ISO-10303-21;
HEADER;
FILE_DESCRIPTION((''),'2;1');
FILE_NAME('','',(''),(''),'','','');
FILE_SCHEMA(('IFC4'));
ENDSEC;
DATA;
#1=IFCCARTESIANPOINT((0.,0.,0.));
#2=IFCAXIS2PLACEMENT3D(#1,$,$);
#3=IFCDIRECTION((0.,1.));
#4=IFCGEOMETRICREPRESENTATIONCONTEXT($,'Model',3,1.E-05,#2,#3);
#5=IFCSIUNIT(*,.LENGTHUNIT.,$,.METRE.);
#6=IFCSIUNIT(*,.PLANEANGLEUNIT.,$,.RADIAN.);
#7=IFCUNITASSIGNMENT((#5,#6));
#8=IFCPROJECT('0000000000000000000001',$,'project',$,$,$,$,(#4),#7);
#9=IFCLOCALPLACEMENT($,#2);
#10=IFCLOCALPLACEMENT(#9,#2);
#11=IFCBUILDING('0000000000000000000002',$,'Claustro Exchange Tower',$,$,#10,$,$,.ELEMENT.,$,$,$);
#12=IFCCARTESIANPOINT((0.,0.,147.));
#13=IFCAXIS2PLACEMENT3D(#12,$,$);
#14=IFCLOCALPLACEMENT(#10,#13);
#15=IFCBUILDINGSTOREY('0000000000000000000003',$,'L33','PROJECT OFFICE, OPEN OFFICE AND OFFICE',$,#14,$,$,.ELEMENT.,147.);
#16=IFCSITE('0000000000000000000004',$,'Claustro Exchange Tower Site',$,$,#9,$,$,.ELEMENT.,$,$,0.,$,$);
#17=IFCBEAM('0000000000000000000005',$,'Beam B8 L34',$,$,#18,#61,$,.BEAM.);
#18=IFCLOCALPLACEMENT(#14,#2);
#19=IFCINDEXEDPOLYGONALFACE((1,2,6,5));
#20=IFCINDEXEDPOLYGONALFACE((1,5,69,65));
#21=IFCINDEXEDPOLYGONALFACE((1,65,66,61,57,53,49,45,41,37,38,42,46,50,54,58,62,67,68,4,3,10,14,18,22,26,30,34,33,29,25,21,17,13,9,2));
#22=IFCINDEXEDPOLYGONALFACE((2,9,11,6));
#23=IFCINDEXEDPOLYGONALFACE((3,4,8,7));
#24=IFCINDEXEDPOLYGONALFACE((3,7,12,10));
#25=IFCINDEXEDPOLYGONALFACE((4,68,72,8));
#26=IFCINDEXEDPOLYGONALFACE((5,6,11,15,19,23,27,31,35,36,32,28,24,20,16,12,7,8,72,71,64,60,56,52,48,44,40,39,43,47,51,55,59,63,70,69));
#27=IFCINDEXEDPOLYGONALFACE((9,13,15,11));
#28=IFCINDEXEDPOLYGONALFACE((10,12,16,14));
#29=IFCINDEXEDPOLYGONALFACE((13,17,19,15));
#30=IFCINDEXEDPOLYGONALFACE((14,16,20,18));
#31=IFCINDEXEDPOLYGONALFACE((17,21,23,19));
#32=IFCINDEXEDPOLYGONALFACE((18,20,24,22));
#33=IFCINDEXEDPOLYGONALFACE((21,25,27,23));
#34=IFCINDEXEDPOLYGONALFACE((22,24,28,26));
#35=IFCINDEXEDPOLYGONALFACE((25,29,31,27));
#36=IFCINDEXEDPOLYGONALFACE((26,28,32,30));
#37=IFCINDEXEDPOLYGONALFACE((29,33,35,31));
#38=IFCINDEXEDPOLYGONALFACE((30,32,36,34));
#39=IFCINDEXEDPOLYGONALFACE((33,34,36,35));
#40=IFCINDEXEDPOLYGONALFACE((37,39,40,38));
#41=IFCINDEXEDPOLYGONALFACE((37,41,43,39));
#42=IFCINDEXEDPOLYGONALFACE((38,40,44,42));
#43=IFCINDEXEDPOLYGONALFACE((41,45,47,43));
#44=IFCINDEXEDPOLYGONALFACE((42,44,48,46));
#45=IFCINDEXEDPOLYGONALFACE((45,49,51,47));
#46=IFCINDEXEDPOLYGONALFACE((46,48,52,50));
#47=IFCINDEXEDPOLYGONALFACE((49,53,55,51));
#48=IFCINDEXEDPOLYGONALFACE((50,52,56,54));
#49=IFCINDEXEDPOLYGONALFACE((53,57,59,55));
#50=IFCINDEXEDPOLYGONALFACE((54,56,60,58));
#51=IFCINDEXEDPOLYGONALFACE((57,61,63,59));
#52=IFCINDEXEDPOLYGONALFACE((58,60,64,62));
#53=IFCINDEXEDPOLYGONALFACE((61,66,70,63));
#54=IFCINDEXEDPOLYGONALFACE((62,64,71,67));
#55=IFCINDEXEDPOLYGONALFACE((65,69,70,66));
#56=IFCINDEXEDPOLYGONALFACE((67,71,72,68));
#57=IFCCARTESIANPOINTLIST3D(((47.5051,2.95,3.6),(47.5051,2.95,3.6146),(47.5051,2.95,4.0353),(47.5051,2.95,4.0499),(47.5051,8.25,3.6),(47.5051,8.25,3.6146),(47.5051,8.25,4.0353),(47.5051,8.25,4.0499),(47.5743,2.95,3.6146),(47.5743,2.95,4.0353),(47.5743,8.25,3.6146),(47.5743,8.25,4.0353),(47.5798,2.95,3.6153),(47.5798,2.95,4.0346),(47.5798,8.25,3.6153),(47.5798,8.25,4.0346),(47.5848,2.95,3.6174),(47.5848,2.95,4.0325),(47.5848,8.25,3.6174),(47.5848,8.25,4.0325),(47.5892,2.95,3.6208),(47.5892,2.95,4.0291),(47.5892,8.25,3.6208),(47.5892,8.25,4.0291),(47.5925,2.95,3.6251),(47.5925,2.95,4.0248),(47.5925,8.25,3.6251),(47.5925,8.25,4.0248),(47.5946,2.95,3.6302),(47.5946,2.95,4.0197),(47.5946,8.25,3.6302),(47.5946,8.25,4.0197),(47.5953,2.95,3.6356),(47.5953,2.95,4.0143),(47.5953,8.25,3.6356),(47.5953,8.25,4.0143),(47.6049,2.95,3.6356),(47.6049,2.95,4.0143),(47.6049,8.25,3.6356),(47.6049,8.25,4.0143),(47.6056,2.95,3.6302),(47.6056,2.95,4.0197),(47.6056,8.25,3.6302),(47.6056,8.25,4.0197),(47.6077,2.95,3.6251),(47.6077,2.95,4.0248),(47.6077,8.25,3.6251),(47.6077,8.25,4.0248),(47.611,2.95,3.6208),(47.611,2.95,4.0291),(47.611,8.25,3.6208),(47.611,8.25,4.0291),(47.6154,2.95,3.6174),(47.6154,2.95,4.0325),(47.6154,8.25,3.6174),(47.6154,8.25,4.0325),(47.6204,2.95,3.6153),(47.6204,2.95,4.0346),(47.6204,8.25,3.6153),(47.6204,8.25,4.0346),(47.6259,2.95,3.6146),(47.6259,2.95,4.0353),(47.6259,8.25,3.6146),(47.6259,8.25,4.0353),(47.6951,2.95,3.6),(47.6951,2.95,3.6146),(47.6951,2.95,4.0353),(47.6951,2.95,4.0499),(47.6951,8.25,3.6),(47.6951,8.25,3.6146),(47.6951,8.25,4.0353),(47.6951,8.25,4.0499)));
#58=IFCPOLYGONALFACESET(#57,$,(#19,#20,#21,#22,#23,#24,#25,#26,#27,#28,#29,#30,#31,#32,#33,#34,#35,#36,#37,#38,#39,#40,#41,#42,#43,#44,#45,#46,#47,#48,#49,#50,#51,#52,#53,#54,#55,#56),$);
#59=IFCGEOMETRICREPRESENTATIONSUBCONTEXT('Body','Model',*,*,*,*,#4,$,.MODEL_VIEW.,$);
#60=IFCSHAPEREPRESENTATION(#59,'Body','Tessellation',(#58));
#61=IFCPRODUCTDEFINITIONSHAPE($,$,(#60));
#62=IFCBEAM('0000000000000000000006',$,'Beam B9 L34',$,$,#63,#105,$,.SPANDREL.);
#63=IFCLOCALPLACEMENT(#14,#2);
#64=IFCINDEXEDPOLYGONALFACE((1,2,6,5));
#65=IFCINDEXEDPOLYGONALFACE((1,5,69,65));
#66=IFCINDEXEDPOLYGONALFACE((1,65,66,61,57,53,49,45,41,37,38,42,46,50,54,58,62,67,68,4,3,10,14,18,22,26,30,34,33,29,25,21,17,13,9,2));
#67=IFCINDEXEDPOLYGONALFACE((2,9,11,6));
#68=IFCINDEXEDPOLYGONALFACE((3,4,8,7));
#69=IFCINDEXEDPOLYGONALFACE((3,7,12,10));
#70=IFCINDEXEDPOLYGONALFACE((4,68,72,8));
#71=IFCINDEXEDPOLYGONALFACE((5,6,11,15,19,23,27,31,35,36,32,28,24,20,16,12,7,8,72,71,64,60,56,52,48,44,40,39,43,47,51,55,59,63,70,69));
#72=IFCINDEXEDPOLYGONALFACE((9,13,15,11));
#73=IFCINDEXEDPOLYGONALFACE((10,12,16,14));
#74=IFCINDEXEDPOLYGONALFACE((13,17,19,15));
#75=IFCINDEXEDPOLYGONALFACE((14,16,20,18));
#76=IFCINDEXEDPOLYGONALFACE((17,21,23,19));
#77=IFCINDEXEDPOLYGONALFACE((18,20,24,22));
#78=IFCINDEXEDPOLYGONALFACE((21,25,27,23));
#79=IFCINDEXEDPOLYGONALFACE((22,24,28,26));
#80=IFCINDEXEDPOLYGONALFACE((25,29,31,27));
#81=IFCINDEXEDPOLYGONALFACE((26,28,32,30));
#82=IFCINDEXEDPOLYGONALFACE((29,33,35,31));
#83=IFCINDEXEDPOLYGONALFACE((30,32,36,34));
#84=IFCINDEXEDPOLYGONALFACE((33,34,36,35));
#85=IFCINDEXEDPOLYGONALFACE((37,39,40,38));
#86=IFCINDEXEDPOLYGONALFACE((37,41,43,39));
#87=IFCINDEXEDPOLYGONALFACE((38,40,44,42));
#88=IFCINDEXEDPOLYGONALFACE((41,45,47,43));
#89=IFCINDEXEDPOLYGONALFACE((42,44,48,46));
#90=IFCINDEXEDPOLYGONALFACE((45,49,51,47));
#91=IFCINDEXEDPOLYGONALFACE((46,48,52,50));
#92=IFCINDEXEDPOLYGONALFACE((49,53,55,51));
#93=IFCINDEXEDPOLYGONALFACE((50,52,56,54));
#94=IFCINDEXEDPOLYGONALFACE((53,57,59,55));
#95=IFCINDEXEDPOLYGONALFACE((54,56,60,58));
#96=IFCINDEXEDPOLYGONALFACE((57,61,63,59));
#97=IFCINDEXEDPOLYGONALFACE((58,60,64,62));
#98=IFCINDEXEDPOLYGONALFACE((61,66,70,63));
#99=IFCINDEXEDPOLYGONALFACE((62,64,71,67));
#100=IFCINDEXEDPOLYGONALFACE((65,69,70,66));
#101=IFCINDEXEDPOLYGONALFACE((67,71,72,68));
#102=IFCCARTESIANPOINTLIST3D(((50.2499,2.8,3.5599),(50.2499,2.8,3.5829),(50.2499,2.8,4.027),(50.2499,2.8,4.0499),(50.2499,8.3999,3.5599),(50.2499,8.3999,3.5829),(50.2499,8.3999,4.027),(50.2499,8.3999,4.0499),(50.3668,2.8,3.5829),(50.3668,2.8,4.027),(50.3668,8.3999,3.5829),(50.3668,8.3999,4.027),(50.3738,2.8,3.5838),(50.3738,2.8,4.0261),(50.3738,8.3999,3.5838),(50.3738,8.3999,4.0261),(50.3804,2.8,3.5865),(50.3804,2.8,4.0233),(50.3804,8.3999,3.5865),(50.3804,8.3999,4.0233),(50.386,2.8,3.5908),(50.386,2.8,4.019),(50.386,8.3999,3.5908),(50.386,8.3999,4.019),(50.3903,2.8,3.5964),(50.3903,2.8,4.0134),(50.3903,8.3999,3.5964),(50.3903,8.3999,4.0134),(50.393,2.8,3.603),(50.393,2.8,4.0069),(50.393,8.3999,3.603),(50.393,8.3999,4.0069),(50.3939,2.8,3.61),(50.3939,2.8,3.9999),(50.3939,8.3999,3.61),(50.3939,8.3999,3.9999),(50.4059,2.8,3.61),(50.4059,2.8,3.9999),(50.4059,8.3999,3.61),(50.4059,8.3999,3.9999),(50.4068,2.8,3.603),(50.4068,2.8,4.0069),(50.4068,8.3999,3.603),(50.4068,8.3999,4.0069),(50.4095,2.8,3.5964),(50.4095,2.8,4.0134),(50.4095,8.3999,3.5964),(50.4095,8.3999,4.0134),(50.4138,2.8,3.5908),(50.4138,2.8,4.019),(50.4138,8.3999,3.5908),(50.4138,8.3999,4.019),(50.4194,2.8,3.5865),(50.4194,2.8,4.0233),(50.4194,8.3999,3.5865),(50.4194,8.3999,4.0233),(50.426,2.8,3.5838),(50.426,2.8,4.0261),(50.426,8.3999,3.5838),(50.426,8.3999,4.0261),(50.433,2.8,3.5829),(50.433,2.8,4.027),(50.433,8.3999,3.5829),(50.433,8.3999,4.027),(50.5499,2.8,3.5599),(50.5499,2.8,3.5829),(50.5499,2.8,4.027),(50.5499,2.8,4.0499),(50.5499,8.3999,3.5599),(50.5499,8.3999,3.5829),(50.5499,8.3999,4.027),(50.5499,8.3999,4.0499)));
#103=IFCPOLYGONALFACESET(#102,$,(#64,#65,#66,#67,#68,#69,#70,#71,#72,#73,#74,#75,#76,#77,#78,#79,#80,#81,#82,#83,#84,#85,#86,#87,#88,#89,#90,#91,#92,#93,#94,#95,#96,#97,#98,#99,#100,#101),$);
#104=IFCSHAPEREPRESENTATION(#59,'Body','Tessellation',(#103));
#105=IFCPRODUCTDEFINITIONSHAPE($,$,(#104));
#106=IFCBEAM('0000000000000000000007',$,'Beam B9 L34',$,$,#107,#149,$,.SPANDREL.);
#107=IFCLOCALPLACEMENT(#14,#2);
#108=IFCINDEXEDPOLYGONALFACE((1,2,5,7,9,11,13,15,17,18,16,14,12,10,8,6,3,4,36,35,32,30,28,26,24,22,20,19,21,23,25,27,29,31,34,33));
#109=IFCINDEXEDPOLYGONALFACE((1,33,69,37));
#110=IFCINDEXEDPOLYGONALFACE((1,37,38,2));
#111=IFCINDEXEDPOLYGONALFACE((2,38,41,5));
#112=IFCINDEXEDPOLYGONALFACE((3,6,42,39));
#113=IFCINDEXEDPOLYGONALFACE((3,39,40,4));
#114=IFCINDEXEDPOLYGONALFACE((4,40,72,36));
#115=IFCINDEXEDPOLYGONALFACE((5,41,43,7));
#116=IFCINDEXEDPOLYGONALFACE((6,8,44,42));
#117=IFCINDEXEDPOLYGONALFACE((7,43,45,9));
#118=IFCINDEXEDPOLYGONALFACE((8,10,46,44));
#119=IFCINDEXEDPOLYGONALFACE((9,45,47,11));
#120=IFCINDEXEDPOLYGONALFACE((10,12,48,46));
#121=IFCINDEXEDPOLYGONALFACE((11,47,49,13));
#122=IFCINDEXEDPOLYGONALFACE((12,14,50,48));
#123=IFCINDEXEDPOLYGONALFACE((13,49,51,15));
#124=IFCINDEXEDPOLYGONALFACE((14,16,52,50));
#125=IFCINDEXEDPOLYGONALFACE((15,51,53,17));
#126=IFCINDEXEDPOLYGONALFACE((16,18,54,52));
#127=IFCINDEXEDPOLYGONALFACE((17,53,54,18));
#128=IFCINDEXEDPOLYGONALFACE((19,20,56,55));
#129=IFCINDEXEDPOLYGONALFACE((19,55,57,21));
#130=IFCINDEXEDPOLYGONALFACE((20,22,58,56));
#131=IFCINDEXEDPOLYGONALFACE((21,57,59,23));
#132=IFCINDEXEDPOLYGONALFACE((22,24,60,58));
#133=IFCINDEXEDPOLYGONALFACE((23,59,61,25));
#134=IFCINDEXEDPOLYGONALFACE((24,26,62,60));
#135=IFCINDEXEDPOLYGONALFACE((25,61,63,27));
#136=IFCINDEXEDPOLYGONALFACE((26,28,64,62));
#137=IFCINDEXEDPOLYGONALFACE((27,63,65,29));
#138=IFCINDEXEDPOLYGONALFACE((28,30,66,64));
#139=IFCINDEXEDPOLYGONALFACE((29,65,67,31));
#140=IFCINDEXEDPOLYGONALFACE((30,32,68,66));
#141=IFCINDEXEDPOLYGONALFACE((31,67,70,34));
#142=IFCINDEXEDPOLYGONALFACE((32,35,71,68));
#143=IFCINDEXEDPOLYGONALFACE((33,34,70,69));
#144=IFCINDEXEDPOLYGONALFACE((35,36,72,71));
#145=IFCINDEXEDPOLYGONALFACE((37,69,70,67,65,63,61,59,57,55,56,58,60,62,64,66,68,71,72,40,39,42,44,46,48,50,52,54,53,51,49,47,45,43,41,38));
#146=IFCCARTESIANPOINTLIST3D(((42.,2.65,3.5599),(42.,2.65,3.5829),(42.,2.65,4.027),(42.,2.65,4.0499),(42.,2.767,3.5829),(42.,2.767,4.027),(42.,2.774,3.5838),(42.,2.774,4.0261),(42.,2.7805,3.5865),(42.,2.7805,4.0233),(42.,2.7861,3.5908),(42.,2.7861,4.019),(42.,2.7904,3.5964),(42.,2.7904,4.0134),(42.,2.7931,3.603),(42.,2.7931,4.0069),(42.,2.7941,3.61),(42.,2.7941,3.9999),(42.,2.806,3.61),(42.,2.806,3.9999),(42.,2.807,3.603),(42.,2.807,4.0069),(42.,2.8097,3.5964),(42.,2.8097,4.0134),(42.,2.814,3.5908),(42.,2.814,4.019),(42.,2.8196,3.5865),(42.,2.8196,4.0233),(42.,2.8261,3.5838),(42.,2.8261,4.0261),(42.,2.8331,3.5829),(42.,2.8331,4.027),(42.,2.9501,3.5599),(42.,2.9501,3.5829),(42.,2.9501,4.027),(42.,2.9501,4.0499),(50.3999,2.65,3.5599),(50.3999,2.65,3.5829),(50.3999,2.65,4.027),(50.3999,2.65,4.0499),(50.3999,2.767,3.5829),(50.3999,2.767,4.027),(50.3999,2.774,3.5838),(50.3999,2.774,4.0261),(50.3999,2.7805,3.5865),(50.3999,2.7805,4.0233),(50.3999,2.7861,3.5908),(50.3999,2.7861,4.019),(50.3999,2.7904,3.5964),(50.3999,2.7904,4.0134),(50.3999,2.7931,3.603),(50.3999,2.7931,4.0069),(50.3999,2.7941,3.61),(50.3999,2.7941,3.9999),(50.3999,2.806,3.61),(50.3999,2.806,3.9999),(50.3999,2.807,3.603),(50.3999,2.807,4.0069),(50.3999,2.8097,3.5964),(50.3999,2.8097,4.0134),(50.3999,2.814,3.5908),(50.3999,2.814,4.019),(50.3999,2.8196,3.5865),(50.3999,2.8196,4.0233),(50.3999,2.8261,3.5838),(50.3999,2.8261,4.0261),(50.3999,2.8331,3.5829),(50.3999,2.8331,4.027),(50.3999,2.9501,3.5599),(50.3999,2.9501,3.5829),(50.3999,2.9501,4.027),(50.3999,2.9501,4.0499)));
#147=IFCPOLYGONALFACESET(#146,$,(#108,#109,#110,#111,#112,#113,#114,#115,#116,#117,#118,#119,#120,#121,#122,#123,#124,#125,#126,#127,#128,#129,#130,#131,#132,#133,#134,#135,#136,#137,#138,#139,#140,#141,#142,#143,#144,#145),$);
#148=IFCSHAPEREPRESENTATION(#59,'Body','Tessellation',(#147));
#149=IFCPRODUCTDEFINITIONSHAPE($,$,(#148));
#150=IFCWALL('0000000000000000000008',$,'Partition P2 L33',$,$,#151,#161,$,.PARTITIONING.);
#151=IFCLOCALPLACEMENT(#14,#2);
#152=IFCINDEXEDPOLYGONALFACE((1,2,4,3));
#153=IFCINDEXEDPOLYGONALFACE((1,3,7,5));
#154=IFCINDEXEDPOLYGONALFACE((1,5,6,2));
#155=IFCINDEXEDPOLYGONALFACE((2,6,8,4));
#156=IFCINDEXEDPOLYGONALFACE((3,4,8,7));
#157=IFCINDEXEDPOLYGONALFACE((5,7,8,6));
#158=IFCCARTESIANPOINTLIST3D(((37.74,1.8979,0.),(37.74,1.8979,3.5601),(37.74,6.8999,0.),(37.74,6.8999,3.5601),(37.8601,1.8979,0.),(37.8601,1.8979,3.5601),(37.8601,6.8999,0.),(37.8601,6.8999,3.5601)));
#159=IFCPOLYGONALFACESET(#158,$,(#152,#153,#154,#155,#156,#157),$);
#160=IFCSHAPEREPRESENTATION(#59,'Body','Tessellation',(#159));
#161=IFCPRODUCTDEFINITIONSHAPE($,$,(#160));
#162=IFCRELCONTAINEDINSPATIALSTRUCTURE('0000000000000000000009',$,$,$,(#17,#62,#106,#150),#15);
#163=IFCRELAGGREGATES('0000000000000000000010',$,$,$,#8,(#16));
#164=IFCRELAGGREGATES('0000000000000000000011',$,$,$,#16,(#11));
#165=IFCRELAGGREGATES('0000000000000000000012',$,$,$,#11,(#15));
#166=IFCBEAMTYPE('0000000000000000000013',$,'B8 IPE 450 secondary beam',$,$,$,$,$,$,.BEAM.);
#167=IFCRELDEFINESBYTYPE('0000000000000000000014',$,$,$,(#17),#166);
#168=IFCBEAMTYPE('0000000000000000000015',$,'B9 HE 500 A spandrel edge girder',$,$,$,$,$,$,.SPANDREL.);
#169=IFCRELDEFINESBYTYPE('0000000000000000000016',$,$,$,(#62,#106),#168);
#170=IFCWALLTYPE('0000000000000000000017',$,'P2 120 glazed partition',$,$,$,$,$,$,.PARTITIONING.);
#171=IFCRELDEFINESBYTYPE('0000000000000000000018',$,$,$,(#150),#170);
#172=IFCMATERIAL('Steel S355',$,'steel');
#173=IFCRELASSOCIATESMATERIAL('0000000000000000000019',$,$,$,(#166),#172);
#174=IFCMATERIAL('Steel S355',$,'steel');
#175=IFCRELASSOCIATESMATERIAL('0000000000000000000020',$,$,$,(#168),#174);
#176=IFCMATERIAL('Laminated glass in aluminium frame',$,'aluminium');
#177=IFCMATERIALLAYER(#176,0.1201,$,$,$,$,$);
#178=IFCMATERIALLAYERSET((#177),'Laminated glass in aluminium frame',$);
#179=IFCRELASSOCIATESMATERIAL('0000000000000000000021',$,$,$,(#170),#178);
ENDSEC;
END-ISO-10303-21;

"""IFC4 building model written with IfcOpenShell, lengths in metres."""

from ifc_helpers import new_model, si_unit, direction, frame, frame_2d, origin, origin_2d, place, context, subcontext, project, spatial, rectangle, i_section, extrude, material, layer, layer_set, material_profile, profile_set, type_object, element, save


model = new_model("IFC4")

# Units and contexts
model_context = context("Model", 3, precision=1e-05, world=origin(), true_north=direction((0.0, 1.0)))
body_context = subcontext(model_context, "Body", "Model", "MODEL_VIEW")
ifc_project = project(units=[si_unit("LENGTHUNIT", "METRE"), si_unit("PLANEANGLEUNIT", "RADIAN")], contexts=[model_context])

# Site, building, storey
site_placement = place(None, origin())
site = spatial("IfcSite", under=ifc_project, at=site_placement, Name="Claustro Exchange Tower Site", CompositionType="ELEMENT", RefElevation=0.0)
building_placement = place(site_placement, origin())
building = spatial("IfcBuilding", under=site, at=building_placement, Name="Claustro Exchange Tower", CompositionType="ELEMENT")
storey_placement = place(building_placement, frame((0.0, 0.0, 147.0)))
storey = spatial("IfcBuildingStorey", under=building, at=storey_placement, Name="L33", Description="PROJECT OFFICE, OPEN OFFICE AND OFFICE", CompositionType="ELEMENT", Elevation=147.0)

# Beams
ifc_material_1 = material(Name="Steel S355", Category="steel")
ifc_material_profile_1 = material_profile(ifc_material_1, i_section(OverallWidth=0.1899, OverallDepth=0.45, WebThickness=0.0095, FlangeThickness=0.0146, FilletRadius=0.021, at=origin_2d()), Name="IPE 450")
ifc_profile_set_1 = profile_set([ifc_material_profile_1], Name="Steel S355")
beam_type_1 = type_object("IfcBeamType", Name="B8 IPE 450 secondary beam", PredefinedType="BEAM", material=ifc_profile_set_1)
for number, where, z_axis, x_axis, name in (
    (1, (47.6001, 2.95, 3.825), (0.0, 1.0, 0.0), (-1.0, 0.0, 0.0), "Beam B8 L34"),
):
    element("IfcBeam", number, at=place(storey_placement, frame(where, z_axis=z_axis, x_axis=x_axis)), inside=storey, type_object=beam_type_1, Name=name, PredefinedType="BEAM", context=body_context, shape_type="SweptSolid", body=[
        extrude(i_section(OverallWidth=0.1899, OverallDepth=0.45, WebThickness=0.0095, FlangeThickness=0.0146, FilletRadius=0.021, at=origin_2d()), origin(), (0.0, 0.0, 1.0), 5.3),
    ])
ifc_material_2 = material(Name="Steel S355", Category="steel")
ifc_material_profile_2 = material_profile(ifc_material_2, i_section(OverallWidth=0.3, OverallDepth=0.49, WebThickness=0.012, FlangeThickness=0.0229, FilletRadius=0.0271, at=origin_2d()), Name="HE 500 A")
ifc_profile_set_2 = profile_set([ifc_material_profile_2], Name="Steel S355")
beam_type_2 = type_object("IfcBeamType", Name="B9 HE 500 A spandrel edge girder", PredefinedType="SPANDREL", material=ifc_profile_set_2)
beam_1_placement = place(storey_placement, frame((50.3999, 2.8, 3.8049), z_axis=(0.0, 1.0, 0.0), x_axis=(-1.0, 0.0, 0.0)))
element("IfcBeam", 2, at=beam_1_placement, inside=storey, type_object=beam_type_2, Name="Beam B9 L34", PredefinedType="SPANDREL", context=body_context, shape_type="SweptSolid", body=[
    extrude(i_section(OverallWidth=0.3, OverallDepth=0.49, WebThickness=0.012, FlangeThickness=0.0229, FilletRadius=0.0271, at=origin_2d()), origin(), (0.0, 0.0, 1.0), 5.5999),
])
beam_2_placement = place(storey_placement, frame((42.0, 2.8, 3.8049), z_axis=(1.0, 0.0, 0.0), x_axis=(0.0, 1.0, 0.0)))
element("IfcBeam", 3, at=beam_2_placement, inside=storey, type_object=beam_type_2, Name="Beam B9 L34", PredefinedType="SPANDREL", context=body_context, shape_type="SweptSolid", body=[
    extrude(i_section(OverallWidth=0.3, OverallDepth=0.49, WebThickness=0.012, FlangeThickness=0.0229, FilletRadius=0.0271, at=origin_2d()), origin(), (0.0, 0.0, 1.0), 8.3999),
])

# Wall
ifc_material_3 = material(Name="Laminated glass in aluminium frame", Category="aluminium")
ifc_layer_1 = layer(ifc_material_3, 0.1201)
ifc_layer_set_1 = layer_set([ifc_layer_1], Name="Laminated glass in aluminium frame")
wall_type_1 = type_object("IfcWallType", Name="P2 120 glazed partition", PredefinedType="PARTITIONING", material=ifc_layer_set_1)
wall_1_placement = place(storey_placement, frame((37.8, 1.8979, 0.0), z_axis=(0.0, 0.0, 1.0), x_axis=(0.0, 1.0, 0.0)))
element("IfcWall", 4, at=wall_1_placement, inside=storey, type_object=wall_type_1, Name="Partition P2 L33", PredefinedType="PARTITIONING", context=body_context, shape_type="SweptSolid", body=[
    extrude(rectangle(XDim=5.002, YDim=0.1201, at=frame_2d((2.501, 0.0))), origin(), (0.0, 0.0, 1.0), 3.5601),
])

save(model, "model.ifc")
